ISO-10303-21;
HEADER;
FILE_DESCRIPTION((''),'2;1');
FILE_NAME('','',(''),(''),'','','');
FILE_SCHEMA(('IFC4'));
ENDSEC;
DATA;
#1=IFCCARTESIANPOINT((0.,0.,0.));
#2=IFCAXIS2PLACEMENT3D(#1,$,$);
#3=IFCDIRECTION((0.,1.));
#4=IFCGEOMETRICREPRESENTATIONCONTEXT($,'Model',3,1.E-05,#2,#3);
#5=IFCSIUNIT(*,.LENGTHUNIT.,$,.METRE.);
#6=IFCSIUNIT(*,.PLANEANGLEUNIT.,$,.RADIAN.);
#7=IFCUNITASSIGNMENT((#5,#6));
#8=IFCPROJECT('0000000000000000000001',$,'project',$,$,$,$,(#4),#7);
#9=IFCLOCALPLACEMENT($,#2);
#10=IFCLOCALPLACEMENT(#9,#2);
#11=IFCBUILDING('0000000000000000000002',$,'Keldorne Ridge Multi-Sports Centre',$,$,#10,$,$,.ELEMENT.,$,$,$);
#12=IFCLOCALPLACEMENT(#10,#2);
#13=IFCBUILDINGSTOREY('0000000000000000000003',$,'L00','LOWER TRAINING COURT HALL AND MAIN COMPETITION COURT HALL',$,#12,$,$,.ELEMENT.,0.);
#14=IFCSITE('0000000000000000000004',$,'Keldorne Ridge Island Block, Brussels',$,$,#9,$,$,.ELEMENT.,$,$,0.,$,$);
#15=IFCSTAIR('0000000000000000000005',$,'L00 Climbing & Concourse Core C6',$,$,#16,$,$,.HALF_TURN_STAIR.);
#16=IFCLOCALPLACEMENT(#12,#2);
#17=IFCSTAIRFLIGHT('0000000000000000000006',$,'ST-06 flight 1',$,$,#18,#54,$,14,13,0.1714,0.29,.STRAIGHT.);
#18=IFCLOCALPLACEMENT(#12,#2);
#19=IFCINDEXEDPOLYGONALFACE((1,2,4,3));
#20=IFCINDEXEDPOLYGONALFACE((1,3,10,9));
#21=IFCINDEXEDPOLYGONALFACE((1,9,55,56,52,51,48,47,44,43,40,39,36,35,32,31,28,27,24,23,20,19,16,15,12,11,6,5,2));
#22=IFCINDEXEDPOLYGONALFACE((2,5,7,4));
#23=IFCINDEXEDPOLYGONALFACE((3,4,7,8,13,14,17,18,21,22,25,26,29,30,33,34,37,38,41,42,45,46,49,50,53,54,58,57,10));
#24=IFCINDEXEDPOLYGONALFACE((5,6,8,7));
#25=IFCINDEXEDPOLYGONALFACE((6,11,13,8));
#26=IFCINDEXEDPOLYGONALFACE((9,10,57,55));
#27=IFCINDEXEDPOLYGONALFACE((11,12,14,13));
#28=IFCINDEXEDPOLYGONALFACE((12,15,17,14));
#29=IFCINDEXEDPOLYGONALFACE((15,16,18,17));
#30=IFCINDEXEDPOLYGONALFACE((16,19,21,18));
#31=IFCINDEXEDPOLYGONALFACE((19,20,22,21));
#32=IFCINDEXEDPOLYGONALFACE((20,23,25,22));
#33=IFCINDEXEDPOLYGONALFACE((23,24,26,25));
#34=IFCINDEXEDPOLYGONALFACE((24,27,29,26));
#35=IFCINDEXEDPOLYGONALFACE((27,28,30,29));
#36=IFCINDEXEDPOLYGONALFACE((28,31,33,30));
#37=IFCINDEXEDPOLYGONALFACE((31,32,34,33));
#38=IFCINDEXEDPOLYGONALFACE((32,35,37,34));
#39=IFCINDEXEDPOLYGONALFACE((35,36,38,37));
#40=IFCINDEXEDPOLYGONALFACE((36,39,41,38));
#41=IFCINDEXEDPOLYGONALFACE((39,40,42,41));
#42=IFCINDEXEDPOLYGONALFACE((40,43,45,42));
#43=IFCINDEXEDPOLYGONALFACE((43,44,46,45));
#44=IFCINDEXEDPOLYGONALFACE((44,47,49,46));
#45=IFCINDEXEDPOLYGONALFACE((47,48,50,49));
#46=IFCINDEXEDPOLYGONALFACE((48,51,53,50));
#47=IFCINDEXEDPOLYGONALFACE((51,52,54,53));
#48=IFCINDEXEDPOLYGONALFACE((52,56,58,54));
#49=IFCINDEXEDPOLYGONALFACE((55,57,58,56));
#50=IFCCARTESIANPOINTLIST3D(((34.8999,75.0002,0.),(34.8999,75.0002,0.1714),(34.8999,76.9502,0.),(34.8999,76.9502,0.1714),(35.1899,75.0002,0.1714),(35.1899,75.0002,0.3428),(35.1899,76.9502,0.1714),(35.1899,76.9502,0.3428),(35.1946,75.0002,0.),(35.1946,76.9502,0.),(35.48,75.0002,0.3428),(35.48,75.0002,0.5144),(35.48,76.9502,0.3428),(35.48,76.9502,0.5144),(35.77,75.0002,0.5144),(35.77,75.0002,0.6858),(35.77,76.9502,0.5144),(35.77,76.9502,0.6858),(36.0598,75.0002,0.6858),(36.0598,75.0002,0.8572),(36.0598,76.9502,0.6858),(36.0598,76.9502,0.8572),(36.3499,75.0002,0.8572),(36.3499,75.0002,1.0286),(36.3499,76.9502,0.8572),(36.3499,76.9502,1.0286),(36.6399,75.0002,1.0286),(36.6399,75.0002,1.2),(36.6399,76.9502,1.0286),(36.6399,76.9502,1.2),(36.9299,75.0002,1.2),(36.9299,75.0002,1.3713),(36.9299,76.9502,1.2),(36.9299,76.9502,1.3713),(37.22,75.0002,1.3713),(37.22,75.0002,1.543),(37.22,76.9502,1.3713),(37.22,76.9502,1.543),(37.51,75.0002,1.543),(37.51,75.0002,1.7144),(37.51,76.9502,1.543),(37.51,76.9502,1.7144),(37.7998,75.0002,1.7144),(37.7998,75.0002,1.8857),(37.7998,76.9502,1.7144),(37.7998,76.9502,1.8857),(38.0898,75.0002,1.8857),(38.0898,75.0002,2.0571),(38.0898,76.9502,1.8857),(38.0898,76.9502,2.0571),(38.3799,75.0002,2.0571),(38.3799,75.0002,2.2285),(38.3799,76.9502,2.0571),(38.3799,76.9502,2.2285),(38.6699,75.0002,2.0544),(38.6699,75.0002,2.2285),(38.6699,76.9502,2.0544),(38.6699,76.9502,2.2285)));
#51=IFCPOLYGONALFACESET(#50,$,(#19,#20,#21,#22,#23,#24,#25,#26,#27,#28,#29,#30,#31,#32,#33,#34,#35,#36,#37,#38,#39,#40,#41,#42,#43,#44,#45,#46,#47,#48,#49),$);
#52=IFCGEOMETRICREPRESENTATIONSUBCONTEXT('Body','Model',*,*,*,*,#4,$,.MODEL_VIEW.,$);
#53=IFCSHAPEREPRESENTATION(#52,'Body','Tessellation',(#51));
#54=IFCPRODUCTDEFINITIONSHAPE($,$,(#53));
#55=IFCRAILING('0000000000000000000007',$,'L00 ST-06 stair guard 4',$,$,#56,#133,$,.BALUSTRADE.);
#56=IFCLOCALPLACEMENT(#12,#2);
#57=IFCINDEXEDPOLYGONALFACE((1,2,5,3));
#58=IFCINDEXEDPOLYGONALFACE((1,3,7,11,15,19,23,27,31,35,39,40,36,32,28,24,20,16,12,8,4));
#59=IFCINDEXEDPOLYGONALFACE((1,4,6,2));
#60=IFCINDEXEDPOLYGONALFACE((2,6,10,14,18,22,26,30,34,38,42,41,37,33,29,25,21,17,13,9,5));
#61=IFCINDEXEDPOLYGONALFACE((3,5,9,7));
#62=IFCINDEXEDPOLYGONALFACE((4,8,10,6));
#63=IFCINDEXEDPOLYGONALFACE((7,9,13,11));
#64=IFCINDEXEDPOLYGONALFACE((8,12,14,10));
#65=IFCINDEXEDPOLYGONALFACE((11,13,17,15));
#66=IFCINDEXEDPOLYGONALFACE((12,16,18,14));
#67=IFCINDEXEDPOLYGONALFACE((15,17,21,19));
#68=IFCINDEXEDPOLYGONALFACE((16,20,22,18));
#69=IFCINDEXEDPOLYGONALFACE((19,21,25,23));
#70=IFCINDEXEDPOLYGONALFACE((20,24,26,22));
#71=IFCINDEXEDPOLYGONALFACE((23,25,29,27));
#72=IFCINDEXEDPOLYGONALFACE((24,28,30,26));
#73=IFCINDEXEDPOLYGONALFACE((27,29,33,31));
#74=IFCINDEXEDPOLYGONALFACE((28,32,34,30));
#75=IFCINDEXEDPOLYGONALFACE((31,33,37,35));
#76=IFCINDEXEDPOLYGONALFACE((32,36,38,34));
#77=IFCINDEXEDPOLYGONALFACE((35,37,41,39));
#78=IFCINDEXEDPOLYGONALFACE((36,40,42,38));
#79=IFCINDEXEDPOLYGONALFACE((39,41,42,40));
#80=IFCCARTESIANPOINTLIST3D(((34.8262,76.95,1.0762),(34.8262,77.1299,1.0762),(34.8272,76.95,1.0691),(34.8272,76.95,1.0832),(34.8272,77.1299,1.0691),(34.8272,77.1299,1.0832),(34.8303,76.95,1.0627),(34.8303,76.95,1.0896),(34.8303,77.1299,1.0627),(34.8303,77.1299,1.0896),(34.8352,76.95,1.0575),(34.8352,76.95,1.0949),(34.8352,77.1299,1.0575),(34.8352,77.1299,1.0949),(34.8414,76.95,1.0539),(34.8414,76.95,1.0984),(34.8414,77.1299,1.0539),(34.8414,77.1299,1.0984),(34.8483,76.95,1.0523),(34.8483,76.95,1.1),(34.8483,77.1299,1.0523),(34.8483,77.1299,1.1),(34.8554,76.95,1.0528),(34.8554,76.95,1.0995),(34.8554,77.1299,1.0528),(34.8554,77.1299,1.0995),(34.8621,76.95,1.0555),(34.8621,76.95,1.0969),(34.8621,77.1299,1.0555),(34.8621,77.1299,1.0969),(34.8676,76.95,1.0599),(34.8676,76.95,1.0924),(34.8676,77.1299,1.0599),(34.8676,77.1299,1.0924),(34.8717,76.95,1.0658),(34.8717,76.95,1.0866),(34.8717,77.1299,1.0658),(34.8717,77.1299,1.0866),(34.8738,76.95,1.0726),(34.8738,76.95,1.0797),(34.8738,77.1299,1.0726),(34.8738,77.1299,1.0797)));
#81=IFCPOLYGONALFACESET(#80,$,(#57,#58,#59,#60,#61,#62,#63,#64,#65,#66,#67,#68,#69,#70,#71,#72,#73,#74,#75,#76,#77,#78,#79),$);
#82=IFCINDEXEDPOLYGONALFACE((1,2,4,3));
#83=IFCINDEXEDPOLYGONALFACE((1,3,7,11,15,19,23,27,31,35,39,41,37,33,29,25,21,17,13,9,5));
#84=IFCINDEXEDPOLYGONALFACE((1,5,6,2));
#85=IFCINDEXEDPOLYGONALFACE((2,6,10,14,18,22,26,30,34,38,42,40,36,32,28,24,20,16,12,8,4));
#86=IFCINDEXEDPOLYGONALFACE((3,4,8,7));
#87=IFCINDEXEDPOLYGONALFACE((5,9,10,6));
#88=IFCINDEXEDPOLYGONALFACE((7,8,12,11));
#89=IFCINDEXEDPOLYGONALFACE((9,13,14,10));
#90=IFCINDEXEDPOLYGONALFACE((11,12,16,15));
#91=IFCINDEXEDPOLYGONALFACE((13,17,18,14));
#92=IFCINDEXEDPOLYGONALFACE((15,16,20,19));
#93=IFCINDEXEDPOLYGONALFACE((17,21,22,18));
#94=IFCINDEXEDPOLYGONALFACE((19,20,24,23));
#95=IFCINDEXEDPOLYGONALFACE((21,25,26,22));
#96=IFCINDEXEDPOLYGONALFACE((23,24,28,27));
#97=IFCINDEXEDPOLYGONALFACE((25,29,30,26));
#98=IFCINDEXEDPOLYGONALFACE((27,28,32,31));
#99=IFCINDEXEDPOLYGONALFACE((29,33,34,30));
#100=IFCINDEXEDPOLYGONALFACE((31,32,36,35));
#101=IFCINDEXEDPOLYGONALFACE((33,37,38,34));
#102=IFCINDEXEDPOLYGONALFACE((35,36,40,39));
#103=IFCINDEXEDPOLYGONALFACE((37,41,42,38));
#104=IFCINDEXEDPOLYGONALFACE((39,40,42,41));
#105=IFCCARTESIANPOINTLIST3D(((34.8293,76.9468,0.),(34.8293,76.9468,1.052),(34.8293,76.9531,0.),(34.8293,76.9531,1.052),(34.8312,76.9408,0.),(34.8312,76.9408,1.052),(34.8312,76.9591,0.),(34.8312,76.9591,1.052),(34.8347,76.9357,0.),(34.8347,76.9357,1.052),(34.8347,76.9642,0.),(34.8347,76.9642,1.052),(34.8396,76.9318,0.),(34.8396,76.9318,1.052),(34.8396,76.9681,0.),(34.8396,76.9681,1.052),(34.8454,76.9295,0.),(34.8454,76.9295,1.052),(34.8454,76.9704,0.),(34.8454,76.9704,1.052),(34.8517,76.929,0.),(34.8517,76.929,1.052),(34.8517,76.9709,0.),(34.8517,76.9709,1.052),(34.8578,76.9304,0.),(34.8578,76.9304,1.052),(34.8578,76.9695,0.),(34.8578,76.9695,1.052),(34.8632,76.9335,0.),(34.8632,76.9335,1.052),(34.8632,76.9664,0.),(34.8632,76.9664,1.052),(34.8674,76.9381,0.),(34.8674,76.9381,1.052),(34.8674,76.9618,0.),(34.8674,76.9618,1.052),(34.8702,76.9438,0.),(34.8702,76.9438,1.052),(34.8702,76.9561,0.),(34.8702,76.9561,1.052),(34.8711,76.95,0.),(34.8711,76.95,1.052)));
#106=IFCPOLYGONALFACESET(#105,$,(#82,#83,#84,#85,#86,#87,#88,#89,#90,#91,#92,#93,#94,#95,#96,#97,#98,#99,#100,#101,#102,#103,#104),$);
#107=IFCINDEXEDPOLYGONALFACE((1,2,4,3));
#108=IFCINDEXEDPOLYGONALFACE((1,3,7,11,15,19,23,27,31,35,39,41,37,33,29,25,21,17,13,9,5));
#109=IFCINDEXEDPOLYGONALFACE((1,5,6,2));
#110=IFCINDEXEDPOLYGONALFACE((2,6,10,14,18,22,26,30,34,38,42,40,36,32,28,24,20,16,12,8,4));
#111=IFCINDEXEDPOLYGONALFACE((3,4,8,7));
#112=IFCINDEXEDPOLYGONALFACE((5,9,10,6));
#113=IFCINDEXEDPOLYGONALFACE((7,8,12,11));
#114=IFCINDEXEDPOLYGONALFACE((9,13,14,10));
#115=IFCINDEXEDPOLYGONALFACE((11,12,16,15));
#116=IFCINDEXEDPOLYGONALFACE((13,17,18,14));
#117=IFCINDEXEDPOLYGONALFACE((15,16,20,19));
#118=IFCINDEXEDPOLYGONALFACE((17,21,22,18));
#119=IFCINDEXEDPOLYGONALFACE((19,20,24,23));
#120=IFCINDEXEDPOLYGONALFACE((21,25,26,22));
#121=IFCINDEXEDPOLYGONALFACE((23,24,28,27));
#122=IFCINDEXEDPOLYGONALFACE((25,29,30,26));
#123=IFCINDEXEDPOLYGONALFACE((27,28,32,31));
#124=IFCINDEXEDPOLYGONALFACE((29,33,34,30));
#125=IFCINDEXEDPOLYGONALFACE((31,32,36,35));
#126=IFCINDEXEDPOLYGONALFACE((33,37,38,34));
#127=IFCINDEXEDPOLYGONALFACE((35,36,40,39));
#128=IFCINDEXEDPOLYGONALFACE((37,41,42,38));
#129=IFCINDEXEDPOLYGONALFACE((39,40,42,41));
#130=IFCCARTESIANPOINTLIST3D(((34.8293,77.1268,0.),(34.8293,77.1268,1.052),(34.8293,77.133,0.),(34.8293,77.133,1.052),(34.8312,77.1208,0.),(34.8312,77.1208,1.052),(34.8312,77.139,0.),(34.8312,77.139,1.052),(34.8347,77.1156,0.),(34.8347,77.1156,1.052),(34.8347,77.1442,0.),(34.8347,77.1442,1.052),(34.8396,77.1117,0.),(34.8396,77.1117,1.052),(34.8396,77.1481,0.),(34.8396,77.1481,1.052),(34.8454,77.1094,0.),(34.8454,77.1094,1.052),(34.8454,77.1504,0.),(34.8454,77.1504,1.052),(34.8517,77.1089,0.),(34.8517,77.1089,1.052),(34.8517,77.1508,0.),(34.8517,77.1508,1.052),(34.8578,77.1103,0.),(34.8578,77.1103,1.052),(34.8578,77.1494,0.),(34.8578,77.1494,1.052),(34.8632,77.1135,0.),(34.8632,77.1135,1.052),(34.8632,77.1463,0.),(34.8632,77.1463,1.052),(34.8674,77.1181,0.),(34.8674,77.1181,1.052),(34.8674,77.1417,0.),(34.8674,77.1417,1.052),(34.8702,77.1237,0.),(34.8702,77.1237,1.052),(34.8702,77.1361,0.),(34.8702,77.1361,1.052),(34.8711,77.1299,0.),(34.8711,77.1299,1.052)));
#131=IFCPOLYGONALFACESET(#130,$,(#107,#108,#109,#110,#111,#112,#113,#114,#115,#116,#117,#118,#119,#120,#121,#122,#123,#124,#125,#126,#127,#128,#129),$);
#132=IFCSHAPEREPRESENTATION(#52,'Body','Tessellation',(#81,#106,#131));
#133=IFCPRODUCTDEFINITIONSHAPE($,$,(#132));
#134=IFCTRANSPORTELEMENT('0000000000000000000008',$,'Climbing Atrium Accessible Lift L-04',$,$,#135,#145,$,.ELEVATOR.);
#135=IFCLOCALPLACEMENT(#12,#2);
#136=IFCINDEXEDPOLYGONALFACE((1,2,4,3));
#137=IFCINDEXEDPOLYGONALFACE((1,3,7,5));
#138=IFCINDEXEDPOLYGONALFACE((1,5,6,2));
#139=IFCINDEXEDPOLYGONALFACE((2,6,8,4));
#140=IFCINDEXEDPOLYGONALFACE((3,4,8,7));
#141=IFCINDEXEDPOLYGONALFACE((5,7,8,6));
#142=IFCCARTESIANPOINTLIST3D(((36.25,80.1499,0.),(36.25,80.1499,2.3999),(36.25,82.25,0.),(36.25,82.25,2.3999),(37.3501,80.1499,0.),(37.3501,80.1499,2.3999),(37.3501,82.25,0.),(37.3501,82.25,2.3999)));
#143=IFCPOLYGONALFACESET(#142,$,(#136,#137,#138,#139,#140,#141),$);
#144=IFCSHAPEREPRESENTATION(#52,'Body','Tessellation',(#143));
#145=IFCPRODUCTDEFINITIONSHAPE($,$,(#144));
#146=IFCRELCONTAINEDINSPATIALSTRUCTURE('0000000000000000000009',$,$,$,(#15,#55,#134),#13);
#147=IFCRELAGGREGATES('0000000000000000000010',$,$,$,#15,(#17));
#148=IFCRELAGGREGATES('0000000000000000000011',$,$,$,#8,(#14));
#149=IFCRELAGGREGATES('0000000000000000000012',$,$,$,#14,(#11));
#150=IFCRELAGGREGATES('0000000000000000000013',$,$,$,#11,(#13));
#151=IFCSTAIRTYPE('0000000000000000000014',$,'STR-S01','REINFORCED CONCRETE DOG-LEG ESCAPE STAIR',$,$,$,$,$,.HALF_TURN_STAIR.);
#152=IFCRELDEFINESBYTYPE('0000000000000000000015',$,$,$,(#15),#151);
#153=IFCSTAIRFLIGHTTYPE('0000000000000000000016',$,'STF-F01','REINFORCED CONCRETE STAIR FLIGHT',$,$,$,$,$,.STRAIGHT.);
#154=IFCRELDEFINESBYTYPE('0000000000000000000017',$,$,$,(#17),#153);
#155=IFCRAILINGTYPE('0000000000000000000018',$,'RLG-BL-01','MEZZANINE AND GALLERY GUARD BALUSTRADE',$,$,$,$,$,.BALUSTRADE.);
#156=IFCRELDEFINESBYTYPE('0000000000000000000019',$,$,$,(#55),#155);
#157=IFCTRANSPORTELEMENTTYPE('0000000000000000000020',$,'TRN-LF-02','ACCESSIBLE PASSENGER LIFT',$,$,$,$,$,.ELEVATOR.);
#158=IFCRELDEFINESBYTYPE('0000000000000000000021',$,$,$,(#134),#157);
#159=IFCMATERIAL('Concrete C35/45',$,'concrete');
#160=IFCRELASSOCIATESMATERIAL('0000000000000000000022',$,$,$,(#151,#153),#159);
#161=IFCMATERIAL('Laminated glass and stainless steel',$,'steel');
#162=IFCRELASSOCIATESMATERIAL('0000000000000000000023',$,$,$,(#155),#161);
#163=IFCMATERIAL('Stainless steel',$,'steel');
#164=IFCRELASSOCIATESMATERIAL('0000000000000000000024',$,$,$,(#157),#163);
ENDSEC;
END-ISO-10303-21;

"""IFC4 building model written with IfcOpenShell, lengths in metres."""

from ifc_helpers import new_model, si_unit, direction, frame, origin, origin_2d, place, context, subcontext, project, spatial, polyline, rectangle, circle, outline, extrude, material, type_object, element, aggregate, save


model = new_model("IFC4")

# Units and contexts
model_context = context("Model", 3, precision=1e-05, world=origin(), true_north=direction((0.0, 1.0)))
body_context = subcontext(model_context, "Body", "Model", "MODEL_VIEW")
ifc_project = project(units=[si_unit("LENGTHUNIT", "METRE"), si_unit("PLANEANGLEUNIT", "RADIAN")], contexts=[model_context])

# Site, building, storey
site_placement = place(None, origin())
site = spatial("IfcSite", under=ifc_project, at=site_placement, Name="Keldorne Ridge Island Block, Brussels", CompositionType="ELEMENT", RefElevation=0.0)
building_placement = place(site_placement, origin())
building = spatial("IfcBuilding", under=site, at=building_placement, Name="Keldorne Ridge Multi-Sports Centre", CompositionType="ELEMENT")
storey_placement = place(building_placement, origin())
storey = spatial("IfcBuildingStorey", under=building, at=storey_placement, Name="L00", Description="LOWER TRAINING COURT HALL AND MAIN COMPETITION COURT HALL", CompositionType="ELEMENT", Elevation=0.0)

# Shared definitions
ifc_material_1 = material(Name="Concrete C35/45", Category="concrete")

# Stair, stair flight
stair_type = type_object("IfcStairType", Name="STR-S01", Description="REINFORCED CONCRETE DOG-LEG ESCAPE STAIR", PredefinedType="HALF_TURN_STAIR", material=ifc_material_1)
stair_placement = place(storey_placement, origin())
stair = element("IfcStair", 1, at=stair_placement, inside=storey, type_object=stair_type, Name="L00 Climbing & Concourse Core C6", PredefinedType="HALF_TURN_STAIR")
stair_flight_type = type_object("IfcStairFlightType", Name="STF-F01", Description="REINFORCED CONCRETE STAIR FLIGHT", PredefinedType="STRAIGHT", material=ifc_material_1)
stair_flight_placement = place(storey_placement, frame((34.8999, 75.9751, 0.0), z_axis=(0.0, 0.0, 1.0), x_axis=(1.0, 0.0, 0.0)))
stair_flight = element("IfcStairFlight", 2, at=stair_flight_placement, type_object=stair_flight_type, Name="ST-06 flight 1", NumberOfRisers=14, NumberOfTreads=13, PredefinedType="STRAIGHT", RiserHeight=0.1714, TreadLength=0.29, context=body_context, shape_type="SweptSolid", body=[
    extrude(outline(polyline([(0.0, 0.0), (0.0, 0.1714), (0.29, 0.1714), (0.29, 0.3428), (0.5801, 0.3428), (0.5801, 0.5144), (0.8701, 0.5144), (0.8701, 0.6858), (1.1599, 0.6858), (1.1599, 0.8572), (1.45, 0.8572), (1.45, 1.0286), (1.74, 1.0286), (1.74, 1.2), (2.03, 1.2), (2.03, 1.3713), (2.3201, 1.3713), (2.3201, 1.543), (2.6101, 1.543), (2.6101, 1.7144), (2.8999, 1.7144), (2.8999, 1.8857), (3.1899, 1.8857), (3.1899, 2.0571), (3.48, 2.0571), (3.48, 2.2285), (3.77, 2.2285), (3.77, 2.3999), (3.77, 2.0544), (0.2947, 0.0), (0.0, 0.0)])), frame((0.0, 0.9751, 0.0), z_axis=(0.0, -1.0, 0.0), x_axis=(1.0, 0.0, 0.0)), (0.0, 0.0, 1.0), 1.95),
])
aggregate(stair, [stair_flight])

# Railing
ifc_material_2 = material(Name="Laminated glass and stainless steel", Category="steel")
railing_type = type_object("IfcRailingType", Name="RLG-BL-01", Description="MEZZANINE AND GALLERY GUARD BALUSTRADE", PredefinedType="BALUSTRADE", material=ifc_material_2)
railing_placement = place(storey_placement, frame((34.8501, 76.95, 0.0)))
element("IfcRailing", 3, at=railing_placement, inside=storey, type_object=railing_type, Name="L00 ST-06 stair guard 4", PredefinedType="BALUSTRADE", context=body_context, shape_type="SweptSolid", body=[
    extrude(circle(Radius=0.0239, at=origin_2d()), frame((0.0, 0.0, 1.0762), z_axis=(0.0, 1.0, 0.0), x_axis=(-1.0, 0.0, 0.0)), (0.0, 0.0, 1.0), 0.1799),
    extrude(circle(Radius=0.021, at=origin_2d()), origin(), (0.0, 0.0, 1.0), 1.052),
    extrude(circle(Radius=0.021, at=origin_2d()), frame((0.0, 0.1799, 0.0)), (0.0, 0.0, 1.0), 1.052),
])

# Transport element
ifc_material_3 = material(Name="Stainless steel", Category="steel")
transport_element_type = type_object("IfcTransportElementType", Name="TRN-LF-02", Description="ACCESSIBLE PASSENGER LIFT", PredefinedType="ELEVATOR", material=ifc_material_3)
transport_element_placement = place(storey_placement, frame((36.8, 81.2, 0.0), z_axis=(0.0, 0.0, 1.0), x_axis=(1.0, 0.0, 0.0)))
element("IfcTransportElement", 4, at=transport_element_placement, inside=storey, type_object=transport_element_type, Name="Climbing Atrium Accessible Lift L-04", PredefinedType="ELEVATOR", context=body_context, shape_type="SweptSolid", body=[
    extrude(rectangle(XDim=1.1001, YDim=2.1001, at=origin_2d()), origin(), (0.0, 0.0, 1.0), 2.3999),
])

save(model, "model.ifc")
